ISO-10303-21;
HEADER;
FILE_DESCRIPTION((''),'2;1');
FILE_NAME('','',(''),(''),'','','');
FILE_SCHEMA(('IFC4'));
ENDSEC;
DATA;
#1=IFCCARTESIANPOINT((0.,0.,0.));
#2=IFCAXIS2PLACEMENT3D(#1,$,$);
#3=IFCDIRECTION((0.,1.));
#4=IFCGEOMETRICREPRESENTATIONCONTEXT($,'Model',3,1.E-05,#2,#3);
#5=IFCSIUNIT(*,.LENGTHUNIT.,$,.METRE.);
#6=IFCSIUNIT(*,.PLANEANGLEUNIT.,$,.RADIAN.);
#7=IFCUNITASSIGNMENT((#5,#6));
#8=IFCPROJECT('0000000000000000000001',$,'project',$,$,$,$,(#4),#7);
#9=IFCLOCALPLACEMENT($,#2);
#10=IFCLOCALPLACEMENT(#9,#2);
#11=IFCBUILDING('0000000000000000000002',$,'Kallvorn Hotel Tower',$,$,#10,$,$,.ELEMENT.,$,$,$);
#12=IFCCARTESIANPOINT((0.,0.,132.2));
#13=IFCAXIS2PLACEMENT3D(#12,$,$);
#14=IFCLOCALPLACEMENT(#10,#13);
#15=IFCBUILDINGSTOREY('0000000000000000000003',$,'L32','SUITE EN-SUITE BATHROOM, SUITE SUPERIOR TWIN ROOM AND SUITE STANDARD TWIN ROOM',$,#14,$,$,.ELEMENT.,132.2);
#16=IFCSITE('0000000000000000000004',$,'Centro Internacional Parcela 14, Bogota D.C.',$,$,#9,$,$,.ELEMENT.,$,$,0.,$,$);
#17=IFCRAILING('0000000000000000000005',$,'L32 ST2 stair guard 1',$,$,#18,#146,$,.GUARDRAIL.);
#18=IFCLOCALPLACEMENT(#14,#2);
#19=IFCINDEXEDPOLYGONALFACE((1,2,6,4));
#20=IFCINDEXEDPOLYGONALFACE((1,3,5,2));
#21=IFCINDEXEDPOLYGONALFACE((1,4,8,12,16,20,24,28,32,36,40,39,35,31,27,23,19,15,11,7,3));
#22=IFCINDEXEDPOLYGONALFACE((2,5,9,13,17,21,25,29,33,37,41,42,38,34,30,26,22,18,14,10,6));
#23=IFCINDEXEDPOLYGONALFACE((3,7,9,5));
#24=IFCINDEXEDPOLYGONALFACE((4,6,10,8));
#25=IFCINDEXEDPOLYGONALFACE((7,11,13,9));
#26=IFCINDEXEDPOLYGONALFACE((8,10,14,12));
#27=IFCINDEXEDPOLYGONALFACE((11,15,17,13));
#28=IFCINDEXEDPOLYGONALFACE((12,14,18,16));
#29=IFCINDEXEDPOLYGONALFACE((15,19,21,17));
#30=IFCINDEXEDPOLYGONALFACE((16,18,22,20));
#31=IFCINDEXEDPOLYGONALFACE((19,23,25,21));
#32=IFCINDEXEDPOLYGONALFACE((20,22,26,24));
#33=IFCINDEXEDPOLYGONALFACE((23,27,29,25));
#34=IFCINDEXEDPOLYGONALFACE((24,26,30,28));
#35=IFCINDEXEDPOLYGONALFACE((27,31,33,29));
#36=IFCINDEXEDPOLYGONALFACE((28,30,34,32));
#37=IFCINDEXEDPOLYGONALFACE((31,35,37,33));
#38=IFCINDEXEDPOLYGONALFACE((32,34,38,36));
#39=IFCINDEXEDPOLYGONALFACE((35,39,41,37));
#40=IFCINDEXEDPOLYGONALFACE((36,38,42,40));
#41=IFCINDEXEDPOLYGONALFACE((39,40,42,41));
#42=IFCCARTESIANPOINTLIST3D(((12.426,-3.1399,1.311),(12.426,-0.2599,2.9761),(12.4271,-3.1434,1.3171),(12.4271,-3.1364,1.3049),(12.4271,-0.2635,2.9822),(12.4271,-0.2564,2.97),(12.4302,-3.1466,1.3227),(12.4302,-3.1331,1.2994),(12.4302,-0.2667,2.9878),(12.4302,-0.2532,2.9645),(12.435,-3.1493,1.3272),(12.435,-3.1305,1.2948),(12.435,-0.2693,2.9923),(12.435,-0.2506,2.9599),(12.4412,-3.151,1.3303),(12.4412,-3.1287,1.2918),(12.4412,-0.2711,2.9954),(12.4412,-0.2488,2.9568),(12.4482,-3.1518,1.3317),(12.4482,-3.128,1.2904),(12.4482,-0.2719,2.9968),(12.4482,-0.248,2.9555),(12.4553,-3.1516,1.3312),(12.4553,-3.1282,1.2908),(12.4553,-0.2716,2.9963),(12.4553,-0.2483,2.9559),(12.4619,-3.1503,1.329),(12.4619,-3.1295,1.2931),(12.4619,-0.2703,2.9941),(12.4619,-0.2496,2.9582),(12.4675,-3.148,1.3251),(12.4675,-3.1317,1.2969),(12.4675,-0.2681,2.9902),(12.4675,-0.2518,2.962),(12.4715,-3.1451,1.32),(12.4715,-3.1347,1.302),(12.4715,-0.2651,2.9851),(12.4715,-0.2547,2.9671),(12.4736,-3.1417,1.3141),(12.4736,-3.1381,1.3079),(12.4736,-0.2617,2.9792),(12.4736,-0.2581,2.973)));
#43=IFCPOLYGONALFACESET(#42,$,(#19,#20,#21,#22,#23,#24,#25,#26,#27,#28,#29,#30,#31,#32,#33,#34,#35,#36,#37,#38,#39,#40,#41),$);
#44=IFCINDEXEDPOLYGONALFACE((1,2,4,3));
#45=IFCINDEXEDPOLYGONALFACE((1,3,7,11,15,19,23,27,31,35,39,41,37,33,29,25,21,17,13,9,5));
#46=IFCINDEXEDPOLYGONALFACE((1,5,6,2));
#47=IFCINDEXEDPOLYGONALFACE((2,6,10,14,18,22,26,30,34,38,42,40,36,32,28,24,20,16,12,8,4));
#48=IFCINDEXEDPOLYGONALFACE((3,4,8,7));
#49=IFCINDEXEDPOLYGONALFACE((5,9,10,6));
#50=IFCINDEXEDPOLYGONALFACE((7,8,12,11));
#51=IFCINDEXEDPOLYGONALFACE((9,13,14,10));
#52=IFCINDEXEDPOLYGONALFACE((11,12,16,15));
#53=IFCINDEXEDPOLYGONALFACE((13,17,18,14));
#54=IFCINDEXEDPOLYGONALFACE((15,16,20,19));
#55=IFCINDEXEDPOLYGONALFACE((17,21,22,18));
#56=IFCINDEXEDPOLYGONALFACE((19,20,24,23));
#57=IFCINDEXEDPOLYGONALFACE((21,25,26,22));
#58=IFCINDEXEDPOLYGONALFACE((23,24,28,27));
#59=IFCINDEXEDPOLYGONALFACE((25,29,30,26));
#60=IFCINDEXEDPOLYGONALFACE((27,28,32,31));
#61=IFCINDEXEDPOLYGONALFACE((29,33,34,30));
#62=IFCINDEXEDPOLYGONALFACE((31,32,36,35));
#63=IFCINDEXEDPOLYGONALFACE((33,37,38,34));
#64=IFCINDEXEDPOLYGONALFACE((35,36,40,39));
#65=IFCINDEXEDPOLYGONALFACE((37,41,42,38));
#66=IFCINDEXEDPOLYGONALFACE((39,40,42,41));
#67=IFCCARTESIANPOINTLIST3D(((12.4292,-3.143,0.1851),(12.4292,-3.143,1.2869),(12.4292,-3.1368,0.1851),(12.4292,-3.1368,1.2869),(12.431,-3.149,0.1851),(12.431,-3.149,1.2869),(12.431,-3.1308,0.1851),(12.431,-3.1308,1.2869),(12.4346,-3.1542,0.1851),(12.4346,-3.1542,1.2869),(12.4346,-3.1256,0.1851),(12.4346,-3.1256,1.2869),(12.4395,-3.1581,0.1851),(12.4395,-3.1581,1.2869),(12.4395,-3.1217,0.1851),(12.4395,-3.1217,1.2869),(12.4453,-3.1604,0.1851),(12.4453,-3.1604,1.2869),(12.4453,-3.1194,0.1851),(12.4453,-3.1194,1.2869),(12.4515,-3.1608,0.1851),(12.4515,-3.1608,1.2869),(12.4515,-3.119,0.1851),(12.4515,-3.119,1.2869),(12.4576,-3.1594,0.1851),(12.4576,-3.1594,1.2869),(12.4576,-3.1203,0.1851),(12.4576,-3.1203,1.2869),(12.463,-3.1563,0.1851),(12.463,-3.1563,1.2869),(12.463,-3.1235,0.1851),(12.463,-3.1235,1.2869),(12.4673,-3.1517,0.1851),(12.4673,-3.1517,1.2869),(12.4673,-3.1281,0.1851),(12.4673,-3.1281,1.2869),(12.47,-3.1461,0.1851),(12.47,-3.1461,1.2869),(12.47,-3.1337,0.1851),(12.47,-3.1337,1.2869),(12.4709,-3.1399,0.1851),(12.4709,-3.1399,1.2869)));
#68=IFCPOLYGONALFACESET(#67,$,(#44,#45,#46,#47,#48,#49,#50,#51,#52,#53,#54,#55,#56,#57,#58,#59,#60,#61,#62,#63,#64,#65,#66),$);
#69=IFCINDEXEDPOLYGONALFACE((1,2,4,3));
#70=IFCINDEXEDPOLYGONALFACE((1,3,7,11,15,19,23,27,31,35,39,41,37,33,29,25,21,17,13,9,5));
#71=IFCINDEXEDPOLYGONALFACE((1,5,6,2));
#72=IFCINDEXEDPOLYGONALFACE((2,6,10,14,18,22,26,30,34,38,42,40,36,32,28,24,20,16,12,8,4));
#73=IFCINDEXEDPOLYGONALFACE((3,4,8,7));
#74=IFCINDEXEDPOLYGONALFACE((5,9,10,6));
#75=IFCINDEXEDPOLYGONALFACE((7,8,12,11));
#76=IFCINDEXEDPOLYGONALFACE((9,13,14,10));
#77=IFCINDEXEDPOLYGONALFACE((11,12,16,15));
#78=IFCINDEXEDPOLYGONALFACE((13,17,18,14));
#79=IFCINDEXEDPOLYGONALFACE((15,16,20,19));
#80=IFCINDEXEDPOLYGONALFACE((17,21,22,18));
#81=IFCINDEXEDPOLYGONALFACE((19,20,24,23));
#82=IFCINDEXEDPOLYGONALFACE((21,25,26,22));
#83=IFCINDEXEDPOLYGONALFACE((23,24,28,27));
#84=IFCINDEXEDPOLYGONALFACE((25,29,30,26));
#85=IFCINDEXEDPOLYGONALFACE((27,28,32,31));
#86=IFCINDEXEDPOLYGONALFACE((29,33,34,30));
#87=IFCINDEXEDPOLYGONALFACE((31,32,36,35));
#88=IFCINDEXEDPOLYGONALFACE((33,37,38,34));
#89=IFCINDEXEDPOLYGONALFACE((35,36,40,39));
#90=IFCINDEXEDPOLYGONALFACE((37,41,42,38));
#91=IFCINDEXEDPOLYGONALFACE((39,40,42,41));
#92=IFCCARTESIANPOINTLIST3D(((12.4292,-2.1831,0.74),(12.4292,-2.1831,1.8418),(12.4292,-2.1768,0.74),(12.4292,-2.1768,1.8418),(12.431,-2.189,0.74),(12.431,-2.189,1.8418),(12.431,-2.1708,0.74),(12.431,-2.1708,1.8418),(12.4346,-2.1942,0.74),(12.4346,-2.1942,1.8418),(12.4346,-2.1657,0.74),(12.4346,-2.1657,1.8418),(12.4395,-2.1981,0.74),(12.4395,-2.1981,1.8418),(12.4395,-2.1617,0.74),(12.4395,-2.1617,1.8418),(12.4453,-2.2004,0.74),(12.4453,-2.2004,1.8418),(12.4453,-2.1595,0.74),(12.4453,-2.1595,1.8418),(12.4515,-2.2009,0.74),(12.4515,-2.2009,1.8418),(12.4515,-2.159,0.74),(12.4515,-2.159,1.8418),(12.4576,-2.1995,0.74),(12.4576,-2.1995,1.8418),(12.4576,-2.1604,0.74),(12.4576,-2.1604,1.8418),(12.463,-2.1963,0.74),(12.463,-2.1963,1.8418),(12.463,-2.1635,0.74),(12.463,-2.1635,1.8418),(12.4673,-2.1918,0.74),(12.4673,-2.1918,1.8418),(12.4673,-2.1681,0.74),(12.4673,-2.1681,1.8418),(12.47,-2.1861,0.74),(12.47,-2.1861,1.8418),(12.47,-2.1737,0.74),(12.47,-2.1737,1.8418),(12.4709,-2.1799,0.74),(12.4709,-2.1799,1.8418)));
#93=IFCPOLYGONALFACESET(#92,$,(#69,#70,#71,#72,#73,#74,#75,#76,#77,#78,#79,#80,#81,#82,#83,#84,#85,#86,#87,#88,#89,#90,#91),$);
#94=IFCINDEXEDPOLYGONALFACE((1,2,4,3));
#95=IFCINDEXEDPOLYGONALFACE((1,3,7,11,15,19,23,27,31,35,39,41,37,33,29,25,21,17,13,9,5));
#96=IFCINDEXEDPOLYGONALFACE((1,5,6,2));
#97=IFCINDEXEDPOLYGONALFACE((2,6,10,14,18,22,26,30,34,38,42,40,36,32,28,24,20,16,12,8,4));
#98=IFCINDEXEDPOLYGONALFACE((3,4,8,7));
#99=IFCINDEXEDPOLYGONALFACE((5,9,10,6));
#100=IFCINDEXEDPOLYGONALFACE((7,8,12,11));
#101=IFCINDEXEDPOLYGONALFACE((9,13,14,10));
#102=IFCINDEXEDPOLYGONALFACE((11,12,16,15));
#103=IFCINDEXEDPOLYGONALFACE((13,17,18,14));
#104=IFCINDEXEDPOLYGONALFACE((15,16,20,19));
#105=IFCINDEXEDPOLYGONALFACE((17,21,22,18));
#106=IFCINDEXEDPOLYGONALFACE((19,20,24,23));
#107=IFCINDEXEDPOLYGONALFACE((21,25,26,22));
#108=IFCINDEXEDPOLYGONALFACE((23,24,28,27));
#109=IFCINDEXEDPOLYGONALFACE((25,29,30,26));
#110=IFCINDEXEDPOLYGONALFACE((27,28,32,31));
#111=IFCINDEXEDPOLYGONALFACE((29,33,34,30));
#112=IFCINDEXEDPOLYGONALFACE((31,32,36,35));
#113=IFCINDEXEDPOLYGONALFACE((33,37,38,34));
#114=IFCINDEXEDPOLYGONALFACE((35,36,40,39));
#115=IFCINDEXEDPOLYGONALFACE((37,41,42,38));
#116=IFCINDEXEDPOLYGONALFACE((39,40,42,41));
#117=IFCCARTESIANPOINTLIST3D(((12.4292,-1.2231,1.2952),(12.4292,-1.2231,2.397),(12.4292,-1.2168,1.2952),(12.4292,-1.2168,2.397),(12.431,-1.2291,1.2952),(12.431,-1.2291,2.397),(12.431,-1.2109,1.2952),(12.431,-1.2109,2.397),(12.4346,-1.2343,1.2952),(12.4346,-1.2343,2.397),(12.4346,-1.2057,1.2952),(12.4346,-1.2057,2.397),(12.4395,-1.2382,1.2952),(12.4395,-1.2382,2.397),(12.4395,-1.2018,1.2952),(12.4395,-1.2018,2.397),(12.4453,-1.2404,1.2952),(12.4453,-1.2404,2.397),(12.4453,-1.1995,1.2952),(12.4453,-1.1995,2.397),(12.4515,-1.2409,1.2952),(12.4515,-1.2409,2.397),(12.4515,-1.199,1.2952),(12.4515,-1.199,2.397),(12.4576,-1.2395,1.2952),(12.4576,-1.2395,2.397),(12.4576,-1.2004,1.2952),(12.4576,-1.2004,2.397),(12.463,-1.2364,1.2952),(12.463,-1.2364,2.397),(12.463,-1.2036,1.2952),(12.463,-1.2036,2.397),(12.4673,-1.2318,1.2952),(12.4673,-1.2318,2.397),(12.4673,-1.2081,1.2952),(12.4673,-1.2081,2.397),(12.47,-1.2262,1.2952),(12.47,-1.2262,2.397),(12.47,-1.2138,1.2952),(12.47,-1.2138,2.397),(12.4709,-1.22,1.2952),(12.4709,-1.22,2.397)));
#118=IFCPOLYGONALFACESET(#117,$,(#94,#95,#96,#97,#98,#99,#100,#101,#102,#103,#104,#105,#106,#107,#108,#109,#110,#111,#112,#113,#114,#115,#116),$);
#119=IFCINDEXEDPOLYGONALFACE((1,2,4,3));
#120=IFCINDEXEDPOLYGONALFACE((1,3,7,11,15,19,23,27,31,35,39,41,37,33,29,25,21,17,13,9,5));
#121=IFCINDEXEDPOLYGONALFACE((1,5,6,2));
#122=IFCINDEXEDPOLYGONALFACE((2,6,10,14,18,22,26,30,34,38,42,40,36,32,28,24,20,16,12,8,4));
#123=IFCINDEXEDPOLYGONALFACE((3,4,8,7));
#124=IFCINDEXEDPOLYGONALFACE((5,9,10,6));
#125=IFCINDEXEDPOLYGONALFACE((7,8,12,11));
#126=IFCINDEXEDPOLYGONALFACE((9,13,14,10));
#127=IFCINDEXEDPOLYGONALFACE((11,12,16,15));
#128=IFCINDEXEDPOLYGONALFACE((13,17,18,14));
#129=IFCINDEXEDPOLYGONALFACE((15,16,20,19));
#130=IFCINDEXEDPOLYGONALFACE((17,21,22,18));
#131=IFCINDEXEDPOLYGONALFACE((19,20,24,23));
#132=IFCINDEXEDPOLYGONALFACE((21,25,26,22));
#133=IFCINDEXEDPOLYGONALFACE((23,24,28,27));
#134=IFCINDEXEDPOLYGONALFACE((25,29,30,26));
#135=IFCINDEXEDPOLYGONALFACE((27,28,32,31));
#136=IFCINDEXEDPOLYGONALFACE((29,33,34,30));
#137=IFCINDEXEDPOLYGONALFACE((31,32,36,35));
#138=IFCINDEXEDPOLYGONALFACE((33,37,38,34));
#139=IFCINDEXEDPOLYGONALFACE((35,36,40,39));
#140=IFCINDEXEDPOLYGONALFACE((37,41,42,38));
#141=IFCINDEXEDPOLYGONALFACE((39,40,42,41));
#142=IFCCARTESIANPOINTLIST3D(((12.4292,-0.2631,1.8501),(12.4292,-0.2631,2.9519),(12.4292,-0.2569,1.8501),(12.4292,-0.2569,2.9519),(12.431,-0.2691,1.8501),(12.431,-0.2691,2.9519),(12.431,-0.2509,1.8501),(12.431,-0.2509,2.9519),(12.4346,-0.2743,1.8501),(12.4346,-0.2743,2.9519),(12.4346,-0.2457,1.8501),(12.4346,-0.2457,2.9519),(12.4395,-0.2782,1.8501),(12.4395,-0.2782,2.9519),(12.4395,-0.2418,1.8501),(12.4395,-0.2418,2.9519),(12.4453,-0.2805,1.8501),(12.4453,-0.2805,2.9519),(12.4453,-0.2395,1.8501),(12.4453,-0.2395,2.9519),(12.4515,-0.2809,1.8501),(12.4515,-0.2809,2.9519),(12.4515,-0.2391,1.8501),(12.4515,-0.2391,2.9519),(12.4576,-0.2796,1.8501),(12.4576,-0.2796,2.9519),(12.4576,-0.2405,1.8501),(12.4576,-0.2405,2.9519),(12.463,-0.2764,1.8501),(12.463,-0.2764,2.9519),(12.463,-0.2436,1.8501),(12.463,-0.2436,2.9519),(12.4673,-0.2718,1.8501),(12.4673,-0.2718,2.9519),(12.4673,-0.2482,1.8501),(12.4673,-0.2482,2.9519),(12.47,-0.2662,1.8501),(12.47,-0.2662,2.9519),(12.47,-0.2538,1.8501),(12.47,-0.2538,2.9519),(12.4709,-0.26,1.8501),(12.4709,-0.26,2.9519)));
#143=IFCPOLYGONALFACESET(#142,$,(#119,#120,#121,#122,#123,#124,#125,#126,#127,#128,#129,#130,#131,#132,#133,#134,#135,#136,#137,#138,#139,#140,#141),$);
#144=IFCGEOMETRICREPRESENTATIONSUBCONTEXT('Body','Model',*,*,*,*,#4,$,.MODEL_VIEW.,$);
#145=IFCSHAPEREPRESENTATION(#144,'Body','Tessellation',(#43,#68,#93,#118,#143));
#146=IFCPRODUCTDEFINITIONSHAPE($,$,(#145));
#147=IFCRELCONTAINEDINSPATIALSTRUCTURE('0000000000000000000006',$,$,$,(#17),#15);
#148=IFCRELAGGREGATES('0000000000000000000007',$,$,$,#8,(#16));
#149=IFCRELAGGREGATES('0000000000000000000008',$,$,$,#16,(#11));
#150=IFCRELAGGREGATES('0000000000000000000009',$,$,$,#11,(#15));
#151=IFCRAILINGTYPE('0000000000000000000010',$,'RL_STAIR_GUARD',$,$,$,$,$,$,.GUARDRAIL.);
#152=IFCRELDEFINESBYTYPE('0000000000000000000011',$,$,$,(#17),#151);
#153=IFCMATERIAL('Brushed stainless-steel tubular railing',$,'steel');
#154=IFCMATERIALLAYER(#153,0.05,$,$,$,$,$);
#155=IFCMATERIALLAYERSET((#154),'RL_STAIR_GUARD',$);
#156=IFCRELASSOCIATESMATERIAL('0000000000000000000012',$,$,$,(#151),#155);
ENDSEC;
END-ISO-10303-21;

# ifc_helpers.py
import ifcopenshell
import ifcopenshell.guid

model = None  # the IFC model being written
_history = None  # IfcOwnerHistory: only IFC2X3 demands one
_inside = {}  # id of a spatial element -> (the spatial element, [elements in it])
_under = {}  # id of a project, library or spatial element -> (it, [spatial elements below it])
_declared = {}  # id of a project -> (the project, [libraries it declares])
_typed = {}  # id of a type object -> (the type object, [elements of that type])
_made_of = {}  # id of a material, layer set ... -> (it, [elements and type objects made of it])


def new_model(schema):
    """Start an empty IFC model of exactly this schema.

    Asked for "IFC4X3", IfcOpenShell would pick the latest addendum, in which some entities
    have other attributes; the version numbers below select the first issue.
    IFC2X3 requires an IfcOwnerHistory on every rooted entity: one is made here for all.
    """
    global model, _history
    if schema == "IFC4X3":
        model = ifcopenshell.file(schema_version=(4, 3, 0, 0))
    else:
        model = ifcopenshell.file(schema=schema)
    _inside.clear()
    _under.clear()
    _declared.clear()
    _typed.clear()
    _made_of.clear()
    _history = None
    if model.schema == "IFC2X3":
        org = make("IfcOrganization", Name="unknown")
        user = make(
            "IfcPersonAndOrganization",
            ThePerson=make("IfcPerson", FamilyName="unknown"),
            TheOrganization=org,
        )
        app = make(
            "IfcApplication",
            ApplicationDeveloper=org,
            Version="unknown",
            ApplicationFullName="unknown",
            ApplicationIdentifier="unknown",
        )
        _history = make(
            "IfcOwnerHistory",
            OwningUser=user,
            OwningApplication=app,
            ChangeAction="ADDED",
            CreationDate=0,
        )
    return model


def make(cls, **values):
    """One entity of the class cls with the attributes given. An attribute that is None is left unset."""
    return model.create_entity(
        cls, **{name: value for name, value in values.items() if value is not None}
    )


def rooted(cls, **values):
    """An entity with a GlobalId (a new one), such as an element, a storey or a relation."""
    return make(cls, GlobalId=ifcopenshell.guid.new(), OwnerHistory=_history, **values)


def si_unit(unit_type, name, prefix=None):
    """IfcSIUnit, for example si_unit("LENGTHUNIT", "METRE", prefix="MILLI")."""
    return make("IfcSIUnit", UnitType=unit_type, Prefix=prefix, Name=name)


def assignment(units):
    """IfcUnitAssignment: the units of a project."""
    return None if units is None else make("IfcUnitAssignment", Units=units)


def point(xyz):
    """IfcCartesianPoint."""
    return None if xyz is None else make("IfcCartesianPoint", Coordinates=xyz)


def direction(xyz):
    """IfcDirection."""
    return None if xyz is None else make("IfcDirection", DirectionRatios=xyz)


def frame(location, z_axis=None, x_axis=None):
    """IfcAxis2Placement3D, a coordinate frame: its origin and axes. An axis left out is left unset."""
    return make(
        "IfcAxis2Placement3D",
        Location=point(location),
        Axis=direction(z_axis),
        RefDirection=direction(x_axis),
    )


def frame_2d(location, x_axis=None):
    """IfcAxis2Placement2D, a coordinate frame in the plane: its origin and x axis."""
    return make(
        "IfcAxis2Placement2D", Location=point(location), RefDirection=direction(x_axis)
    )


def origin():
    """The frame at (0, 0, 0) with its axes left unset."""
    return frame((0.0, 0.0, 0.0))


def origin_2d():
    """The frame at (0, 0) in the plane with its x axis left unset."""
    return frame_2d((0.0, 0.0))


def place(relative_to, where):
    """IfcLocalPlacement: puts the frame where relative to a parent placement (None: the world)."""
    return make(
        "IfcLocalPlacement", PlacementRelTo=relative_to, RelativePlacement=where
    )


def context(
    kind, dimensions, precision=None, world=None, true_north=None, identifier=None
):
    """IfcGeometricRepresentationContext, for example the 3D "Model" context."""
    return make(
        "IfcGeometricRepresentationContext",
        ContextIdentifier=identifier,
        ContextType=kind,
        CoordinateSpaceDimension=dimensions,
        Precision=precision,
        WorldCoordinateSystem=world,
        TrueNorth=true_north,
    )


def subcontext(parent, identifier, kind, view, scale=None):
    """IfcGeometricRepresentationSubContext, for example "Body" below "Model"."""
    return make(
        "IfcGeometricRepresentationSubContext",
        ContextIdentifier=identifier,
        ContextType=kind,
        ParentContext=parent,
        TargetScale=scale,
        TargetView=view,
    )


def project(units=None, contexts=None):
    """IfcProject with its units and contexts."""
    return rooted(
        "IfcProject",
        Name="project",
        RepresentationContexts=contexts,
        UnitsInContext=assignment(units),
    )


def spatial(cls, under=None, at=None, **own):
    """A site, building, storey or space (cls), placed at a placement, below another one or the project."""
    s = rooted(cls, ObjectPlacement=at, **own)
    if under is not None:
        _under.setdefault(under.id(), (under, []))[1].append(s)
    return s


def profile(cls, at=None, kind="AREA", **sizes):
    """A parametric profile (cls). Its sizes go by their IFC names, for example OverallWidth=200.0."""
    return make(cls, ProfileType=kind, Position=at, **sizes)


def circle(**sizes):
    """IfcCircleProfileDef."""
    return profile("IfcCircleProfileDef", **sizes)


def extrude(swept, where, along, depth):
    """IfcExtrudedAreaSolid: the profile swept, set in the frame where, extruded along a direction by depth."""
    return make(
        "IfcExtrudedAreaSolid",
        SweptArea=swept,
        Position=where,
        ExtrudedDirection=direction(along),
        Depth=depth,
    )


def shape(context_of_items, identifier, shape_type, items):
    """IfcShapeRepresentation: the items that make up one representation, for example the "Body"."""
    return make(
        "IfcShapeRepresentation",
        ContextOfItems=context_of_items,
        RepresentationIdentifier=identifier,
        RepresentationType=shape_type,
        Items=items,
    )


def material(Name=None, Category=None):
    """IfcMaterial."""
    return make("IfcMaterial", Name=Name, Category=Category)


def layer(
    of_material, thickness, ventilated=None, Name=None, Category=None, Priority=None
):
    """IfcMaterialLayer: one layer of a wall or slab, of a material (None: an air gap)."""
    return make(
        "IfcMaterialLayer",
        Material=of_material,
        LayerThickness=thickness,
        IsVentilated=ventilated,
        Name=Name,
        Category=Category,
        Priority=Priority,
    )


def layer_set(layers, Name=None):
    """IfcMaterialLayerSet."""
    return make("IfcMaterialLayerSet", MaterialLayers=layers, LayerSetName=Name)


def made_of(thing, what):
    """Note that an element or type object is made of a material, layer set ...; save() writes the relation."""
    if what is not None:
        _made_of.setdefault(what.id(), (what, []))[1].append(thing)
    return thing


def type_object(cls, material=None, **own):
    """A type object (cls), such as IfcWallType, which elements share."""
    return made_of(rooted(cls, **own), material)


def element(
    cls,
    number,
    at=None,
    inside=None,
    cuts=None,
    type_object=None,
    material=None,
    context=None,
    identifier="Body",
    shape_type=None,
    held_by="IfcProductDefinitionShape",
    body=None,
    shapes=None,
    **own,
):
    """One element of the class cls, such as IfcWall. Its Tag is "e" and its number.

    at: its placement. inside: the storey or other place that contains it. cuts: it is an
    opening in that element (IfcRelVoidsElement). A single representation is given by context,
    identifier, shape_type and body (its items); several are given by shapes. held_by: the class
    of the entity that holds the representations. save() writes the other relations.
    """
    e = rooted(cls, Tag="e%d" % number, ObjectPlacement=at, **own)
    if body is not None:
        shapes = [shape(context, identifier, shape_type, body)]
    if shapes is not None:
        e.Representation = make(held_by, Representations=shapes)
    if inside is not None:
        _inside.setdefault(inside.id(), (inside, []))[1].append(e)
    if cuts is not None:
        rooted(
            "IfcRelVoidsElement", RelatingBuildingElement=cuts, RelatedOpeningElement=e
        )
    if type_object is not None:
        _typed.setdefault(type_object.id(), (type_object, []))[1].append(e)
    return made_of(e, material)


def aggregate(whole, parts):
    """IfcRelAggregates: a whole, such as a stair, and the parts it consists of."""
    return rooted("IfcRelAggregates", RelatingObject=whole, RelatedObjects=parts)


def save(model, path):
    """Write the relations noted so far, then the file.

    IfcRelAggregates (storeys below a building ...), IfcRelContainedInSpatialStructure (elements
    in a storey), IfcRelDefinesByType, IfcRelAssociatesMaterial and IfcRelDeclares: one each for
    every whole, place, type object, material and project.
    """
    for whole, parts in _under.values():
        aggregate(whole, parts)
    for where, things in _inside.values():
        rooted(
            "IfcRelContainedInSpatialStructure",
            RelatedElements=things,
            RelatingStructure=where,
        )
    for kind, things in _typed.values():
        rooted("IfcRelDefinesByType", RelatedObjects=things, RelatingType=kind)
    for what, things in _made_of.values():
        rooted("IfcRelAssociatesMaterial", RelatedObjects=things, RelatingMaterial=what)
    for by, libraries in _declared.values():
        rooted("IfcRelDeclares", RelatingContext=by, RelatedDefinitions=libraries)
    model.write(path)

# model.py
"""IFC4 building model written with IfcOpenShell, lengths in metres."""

from ifc_helpers import new_model, si_unit, direction, frame, origin, origin_2d, place, context, subcontext, project, spatial, circle, extrude, material, layer, layer_set, type_object, element, save


model = new_model("IFC4")

# Units and contexts
model_context = context("Model", 3, precision=1e-05, world=origin(), true_north=direction((0.0, 1.0)))
body_context = subcontext(model_context, "Body", "Model", "MODEL_VIEW")
ifc_project = project(units=[si_unit("LENGTHUNIT", "METRE"), si_unit("PLANEANGLEUNIT", "RADIAN")], contexts=[model_context])

# Site, building, storey
site_placement = place(None, origin())
site = spatial("IfcSite", under=ifc_project, at=site_placement, Name="Centro Internacional Parcela 14, Bogota D.C.", CompositionType="ELEMENT", RefElevation=0.0)
building_placement = place(site_placement, origin())
building = spatial("IfcBuilding", under=site, at=building_placement, Name="Kallvorn Hotel Tower", CompositionType="ELEMENT")
storey_placement = place(building_placement, frame((0.0, 0.0, 132.2)))
storey = spatial("IfcBuildingStorey", under=building, at=storey_placement, Name="L32", Description="SUITE EN-SUITE BATHROOM, SUITE SUPERIOR TWIN ROOM AND SUITE STANDARD TWIN ROOM", CompositionType="ELEMENT", Elevation=132.2)

# Railing
ifc_material_1 = material(Name="Brushed stainless-steel tubular railing", Category="steel")
ifc_layer_1 = layer(ifc_material_1, 0.05)
ifc_layer_set_1 = layer_set([ifc_layer_1], Name="RL_STAIR_GUARD")
railing_type_1 = type_object("IfcRailingType", Name="RL_STAIR_GUARD", PredefinedType="GUARDRAIL", material=ifc_layer_set_1)
railing_1_placement = place(storey_placement, frame((12.45, -3.1399, 0.1851)))
element("IfcRailing", 1, at=railing_1_placement, inside=storey, type_object=railing_type_1, Name="L32 ST2 stair guard 1", PredefinedType="GUARDRAIL", context=body_context, shape_type="SweptSolid", body=[
    extrude(circle(Radius=0.0239, at=origin_2d()), frame((0.0, 0.0, 1.126), z_axis=(0.0, 0.865721, 0.500527), x_axis=(-1.0, 0.0, 0.0)), (0.0, 0.0, 1.0), 3.3267),
    extrude(circle(Radius=0.021, at=origin_2d()), origin(), (0.0, 0.0, 1.0), 1.1018),
    extrude(circle(Radius=0.021, at=origin_2d()), frame((0.0, 0.96, 0.5549)), (0.0, 0.0, 1.0), 1.1018),
    extrude(circle(Radius=0.021, at=origin_2d()), frame((0.0, 1.9199, 1.1101)), (0.0, 0.0, 1.0), 1.1018),
    extrude(circle(Radius=0.021, at=origin_2d()), frame((0.0, 2.8799, 1.665)), (0.0, 0.0, 1.0), 1.1018),
])

save(model, "model.ifc")
